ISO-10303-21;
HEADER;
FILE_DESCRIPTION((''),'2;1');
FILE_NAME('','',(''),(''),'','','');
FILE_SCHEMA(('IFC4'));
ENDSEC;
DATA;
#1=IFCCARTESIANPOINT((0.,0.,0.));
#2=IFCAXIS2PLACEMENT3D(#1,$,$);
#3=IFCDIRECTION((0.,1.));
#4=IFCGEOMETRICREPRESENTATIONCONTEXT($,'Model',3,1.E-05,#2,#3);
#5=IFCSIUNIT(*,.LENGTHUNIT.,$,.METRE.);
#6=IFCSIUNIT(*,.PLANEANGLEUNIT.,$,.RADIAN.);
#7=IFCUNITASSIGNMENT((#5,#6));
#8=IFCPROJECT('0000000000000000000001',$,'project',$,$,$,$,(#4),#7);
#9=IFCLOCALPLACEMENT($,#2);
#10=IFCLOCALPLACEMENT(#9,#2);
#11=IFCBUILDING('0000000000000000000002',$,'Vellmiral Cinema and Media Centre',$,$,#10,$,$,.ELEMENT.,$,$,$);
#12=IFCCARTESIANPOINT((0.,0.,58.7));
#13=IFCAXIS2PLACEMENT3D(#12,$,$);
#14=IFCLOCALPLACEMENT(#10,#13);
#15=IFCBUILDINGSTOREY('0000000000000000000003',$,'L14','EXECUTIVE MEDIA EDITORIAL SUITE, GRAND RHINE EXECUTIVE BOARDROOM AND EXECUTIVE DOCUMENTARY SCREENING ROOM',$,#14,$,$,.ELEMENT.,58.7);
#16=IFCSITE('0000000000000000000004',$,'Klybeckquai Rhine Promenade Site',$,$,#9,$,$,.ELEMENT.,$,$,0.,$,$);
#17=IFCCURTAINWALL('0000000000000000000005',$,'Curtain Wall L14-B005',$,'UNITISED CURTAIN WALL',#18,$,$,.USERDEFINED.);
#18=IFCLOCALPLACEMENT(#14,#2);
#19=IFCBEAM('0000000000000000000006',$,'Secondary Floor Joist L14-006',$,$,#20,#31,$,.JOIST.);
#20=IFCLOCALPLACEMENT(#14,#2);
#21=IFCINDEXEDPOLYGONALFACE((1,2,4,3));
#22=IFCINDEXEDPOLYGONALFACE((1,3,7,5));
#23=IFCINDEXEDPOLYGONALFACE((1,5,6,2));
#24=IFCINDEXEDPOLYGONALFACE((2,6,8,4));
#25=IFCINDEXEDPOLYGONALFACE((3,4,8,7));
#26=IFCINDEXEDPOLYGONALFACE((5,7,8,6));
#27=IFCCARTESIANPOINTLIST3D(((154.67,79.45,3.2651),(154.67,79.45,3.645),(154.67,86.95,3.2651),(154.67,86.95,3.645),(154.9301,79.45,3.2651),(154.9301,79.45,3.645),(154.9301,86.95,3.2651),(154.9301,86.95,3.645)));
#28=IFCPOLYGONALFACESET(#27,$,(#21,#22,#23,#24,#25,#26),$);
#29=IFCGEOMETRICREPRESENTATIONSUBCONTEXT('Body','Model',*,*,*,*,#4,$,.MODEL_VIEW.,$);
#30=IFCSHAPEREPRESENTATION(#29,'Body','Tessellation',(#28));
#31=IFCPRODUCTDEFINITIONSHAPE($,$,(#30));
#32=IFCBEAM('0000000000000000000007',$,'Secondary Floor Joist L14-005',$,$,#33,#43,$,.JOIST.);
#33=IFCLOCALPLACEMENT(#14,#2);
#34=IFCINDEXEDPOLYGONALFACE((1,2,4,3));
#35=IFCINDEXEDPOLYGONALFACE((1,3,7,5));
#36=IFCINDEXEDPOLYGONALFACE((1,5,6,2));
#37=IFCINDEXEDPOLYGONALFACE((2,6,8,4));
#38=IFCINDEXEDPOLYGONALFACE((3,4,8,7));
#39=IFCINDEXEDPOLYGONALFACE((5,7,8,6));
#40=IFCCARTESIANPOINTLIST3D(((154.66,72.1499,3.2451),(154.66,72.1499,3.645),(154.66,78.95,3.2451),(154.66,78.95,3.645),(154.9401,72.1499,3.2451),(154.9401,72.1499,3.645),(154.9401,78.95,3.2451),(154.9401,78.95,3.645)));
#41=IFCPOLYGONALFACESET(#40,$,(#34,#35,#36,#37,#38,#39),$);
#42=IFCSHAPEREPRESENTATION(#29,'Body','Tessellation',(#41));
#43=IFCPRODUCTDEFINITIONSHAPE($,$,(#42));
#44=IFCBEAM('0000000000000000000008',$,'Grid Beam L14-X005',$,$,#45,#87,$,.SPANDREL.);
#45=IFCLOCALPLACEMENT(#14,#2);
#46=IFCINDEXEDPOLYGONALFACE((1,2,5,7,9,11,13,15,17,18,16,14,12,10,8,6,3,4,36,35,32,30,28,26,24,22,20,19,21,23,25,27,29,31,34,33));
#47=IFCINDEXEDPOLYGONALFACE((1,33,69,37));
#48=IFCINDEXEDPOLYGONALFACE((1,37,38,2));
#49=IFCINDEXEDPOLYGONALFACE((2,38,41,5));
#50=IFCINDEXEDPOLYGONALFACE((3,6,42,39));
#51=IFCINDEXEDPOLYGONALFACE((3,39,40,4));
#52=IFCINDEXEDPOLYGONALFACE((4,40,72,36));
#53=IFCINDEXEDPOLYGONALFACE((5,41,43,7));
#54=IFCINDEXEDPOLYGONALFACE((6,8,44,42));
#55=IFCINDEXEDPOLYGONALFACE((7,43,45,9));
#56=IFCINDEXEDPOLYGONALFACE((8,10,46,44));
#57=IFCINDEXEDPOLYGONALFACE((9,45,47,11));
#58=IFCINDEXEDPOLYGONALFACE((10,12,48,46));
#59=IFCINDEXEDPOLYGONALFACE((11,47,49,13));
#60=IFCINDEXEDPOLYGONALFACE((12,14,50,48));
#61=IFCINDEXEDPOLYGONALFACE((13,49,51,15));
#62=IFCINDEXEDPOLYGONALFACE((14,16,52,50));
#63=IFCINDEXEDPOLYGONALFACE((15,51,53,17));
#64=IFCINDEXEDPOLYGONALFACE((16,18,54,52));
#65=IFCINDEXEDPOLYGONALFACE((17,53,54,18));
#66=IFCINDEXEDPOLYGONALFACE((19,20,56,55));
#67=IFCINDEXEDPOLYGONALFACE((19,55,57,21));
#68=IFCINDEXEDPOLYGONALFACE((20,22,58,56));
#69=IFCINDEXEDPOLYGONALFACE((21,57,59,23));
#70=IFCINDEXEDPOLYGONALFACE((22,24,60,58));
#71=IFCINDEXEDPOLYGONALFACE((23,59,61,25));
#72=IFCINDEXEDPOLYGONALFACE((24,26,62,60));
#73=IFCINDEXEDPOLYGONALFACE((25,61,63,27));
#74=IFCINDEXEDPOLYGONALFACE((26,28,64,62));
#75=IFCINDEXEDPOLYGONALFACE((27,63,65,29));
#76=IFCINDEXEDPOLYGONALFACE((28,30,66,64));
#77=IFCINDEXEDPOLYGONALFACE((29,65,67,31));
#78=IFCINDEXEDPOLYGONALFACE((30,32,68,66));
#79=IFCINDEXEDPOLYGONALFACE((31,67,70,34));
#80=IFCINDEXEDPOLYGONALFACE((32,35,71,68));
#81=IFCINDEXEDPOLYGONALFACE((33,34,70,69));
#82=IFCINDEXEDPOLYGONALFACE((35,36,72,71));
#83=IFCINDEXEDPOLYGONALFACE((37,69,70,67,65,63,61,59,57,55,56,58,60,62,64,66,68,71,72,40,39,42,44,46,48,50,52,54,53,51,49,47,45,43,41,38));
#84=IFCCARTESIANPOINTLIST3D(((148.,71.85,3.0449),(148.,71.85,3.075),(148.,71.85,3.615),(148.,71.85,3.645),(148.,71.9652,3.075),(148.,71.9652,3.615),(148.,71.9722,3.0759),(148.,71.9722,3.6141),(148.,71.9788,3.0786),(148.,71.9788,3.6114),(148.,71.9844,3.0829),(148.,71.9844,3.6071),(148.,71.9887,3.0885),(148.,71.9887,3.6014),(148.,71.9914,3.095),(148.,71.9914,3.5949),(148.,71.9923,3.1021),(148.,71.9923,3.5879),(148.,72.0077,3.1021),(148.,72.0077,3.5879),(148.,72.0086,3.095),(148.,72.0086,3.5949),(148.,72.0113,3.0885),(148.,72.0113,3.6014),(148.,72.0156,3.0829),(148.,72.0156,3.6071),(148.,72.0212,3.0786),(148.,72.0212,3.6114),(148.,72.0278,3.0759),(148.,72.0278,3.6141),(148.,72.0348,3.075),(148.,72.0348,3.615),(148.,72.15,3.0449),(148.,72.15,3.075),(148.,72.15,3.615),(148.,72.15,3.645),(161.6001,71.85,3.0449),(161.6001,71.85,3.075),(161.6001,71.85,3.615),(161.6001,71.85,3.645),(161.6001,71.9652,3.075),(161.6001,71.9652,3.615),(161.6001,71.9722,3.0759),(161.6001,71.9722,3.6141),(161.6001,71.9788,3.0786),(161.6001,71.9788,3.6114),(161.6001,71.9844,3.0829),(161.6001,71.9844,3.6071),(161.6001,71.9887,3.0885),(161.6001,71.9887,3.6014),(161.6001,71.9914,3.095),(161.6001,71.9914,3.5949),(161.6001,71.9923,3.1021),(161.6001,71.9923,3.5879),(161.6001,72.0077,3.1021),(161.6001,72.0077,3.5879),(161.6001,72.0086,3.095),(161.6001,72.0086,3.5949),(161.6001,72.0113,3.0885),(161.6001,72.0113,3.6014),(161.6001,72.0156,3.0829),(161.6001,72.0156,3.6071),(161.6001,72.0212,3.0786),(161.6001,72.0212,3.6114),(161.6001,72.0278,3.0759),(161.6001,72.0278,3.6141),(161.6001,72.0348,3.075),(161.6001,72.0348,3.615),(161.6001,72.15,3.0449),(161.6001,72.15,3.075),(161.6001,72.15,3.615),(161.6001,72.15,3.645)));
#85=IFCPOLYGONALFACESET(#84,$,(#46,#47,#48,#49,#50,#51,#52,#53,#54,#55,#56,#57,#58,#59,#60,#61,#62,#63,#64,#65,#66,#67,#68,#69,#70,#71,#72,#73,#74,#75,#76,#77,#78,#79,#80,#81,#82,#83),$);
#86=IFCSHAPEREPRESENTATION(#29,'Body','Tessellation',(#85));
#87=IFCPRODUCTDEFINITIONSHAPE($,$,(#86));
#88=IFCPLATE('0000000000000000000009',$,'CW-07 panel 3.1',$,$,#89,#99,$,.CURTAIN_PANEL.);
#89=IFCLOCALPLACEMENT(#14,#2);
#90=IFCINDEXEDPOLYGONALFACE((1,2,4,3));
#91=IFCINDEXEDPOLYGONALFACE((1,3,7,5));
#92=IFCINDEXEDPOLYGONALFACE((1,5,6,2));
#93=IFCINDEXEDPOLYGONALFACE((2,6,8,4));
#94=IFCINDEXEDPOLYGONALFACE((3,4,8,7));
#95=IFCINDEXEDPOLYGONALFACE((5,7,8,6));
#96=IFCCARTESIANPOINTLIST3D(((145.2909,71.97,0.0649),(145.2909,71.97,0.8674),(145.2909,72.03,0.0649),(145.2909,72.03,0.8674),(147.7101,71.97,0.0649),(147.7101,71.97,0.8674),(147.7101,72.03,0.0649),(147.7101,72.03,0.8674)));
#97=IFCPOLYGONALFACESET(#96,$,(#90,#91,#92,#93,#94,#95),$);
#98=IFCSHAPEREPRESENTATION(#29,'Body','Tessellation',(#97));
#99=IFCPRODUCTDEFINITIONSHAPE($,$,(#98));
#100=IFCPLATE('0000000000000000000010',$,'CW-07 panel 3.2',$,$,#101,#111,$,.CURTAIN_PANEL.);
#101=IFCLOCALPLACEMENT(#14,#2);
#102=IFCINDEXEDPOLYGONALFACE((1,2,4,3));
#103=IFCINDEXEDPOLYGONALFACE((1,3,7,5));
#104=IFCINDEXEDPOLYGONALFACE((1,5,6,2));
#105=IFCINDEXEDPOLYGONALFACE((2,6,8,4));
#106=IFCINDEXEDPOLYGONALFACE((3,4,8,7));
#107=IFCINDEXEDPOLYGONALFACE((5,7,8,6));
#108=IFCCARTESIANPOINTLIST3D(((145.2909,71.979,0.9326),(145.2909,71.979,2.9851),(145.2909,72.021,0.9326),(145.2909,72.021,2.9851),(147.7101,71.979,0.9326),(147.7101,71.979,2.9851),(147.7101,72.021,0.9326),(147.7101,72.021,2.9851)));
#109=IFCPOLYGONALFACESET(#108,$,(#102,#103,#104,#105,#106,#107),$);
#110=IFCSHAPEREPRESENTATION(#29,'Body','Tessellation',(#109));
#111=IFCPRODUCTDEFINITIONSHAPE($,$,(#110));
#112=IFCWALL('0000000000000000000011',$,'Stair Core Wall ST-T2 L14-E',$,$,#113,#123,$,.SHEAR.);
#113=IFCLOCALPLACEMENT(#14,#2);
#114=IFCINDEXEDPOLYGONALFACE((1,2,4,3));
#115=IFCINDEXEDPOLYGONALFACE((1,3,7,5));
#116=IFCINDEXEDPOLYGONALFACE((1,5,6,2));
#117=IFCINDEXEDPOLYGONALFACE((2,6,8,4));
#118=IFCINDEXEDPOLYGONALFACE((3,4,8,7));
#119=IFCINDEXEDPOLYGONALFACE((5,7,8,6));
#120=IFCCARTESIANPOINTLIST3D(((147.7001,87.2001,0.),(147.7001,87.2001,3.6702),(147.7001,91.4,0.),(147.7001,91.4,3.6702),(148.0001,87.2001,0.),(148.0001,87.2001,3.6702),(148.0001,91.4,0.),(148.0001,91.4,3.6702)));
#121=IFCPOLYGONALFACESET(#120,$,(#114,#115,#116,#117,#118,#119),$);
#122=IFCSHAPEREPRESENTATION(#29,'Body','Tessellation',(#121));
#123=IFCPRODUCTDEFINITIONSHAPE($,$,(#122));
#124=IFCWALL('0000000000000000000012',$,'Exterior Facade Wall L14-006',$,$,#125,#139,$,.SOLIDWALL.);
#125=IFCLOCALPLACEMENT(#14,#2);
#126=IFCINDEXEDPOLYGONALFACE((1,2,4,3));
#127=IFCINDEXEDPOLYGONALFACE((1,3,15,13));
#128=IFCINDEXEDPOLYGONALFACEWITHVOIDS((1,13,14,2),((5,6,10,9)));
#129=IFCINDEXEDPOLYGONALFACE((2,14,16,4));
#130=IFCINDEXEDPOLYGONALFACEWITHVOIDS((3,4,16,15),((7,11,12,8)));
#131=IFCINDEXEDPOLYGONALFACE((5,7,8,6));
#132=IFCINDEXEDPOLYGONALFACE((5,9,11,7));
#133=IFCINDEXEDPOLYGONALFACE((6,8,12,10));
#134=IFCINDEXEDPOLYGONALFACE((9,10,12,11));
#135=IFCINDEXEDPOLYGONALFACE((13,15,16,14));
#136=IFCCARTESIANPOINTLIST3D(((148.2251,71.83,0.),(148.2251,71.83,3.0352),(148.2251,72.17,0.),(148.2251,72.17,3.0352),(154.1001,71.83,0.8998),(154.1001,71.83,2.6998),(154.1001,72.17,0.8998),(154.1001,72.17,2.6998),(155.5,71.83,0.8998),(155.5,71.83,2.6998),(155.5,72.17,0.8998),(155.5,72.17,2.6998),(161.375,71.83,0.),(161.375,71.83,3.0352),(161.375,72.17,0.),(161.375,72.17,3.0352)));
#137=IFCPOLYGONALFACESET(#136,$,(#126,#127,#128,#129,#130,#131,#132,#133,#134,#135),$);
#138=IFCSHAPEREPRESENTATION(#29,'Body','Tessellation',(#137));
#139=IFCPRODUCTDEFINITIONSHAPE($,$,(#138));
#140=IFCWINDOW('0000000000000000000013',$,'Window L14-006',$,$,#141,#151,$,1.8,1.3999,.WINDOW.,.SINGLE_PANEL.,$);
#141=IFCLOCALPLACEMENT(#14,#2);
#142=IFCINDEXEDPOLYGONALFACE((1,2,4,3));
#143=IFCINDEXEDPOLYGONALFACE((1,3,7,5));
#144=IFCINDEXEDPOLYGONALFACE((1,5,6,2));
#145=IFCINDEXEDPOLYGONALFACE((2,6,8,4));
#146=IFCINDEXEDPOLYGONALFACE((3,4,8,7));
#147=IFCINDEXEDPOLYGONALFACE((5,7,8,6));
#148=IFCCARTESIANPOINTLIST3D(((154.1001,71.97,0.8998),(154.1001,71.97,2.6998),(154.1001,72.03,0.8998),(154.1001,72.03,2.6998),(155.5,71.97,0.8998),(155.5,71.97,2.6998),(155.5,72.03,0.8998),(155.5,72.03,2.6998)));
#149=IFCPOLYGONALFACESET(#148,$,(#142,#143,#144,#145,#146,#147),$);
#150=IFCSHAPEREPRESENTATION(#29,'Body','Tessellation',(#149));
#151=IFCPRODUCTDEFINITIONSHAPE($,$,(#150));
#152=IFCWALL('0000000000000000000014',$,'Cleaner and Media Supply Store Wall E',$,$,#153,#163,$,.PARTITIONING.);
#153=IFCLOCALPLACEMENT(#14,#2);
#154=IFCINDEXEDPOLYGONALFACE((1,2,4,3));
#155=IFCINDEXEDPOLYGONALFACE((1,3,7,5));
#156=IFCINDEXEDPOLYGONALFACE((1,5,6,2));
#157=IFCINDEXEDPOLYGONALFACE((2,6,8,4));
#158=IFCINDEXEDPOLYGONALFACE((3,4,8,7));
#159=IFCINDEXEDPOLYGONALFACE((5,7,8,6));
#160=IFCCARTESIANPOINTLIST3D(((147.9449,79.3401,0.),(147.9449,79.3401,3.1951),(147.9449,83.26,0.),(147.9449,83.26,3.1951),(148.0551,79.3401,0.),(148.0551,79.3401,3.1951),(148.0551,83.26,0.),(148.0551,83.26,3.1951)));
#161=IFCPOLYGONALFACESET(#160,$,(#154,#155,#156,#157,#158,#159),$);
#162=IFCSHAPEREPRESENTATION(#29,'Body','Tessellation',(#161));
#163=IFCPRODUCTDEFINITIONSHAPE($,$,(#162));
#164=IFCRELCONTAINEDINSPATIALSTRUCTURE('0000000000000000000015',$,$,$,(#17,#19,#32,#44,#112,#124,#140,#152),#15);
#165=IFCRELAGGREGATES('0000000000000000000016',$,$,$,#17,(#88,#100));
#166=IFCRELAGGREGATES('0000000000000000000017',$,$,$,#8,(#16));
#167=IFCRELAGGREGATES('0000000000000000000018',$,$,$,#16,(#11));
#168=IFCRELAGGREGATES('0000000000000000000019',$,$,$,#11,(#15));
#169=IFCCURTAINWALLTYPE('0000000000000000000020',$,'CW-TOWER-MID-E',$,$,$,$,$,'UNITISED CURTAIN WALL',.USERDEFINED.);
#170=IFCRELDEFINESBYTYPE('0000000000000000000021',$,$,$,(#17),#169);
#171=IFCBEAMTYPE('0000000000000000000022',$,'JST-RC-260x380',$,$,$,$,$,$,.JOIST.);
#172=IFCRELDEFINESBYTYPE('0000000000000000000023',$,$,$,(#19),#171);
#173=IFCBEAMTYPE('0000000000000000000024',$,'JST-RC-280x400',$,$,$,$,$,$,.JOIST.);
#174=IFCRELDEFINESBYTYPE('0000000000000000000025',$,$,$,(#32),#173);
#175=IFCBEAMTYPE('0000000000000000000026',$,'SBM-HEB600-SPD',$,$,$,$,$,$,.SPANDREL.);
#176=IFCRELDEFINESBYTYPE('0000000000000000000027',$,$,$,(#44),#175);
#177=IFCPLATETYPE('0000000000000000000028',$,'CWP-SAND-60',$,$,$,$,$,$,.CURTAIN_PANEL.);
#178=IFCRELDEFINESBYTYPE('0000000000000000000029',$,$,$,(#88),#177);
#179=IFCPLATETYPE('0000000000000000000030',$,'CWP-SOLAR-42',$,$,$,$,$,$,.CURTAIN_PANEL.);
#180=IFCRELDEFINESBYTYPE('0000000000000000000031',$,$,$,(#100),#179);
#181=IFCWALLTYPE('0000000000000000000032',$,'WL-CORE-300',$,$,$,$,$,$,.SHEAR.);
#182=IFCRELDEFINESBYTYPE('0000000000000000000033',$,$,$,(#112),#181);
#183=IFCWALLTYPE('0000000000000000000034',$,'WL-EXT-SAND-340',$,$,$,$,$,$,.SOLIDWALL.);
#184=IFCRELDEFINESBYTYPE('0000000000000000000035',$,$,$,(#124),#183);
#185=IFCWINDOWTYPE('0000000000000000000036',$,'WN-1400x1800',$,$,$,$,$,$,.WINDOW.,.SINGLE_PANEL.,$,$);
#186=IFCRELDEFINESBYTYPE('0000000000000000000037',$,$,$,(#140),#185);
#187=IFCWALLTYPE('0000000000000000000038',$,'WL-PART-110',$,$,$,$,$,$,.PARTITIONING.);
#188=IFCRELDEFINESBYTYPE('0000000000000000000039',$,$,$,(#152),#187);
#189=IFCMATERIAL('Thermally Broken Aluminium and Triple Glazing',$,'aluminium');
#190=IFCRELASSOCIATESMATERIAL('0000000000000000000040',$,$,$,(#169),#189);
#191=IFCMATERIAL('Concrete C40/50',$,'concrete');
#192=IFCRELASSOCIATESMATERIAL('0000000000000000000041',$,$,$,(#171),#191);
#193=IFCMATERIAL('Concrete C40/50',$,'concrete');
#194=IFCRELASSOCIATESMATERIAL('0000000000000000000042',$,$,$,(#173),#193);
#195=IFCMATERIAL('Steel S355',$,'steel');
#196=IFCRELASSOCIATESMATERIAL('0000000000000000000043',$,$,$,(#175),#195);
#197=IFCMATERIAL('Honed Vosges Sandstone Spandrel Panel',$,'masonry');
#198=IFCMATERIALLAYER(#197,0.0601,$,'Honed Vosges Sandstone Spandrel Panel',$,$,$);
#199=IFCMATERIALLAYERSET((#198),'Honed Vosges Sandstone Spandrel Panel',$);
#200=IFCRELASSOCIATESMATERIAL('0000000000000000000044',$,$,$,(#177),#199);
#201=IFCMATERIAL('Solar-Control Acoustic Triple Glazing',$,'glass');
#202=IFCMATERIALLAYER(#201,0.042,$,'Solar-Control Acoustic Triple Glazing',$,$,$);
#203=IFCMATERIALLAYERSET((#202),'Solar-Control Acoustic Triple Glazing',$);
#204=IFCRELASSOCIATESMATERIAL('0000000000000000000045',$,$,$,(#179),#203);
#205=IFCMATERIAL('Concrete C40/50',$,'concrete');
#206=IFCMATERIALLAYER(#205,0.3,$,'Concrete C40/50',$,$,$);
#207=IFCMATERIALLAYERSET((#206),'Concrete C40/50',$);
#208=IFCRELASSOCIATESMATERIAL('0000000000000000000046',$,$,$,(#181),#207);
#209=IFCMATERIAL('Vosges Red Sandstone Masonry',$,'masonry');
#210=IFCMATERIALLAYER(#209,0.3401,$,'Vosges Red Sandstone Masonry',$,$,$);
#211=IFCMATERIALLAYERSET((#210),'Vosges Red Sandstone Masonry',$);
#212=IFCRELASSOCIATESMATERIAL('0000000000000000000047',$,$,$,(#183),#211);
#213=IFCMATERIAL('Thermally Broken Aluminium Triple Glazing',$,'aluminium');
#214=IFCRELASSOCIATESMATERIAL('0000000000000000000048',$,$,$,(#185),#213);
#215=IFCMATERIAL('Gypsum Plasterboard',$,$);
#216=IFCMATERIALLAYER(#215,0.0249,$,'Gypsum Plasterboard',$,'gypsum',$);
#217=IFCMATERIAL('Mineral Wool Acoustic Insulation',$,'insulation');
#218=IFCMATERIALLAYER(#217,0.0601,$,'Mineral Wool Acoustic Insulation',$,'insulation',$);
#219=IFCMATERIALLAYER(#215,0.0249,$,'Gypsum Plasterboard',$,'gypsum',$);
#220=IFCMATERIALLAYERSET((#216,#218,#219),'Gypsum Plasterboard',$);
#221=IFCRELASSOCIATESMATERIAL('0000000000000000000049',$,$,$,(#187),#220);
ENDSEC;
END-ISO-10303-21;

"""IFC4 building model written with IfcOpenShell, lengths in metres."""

from ifc_helpers import new_model, si_unit, direction, frame, frame_2d, origin, origin_2d, place, context, subcontext, project, spatial, rectangle, i_section, extrude, material, layer, layer_set, material_profile, profile_set, type_object, element, fill, aggregate, save


model = new_model("IFC4")

# Units and contexts
model_context = context("Model", 3, precision=1e-05, world=origin(), true_north=direction((0.0, 1.0)))
body_context = subcontext(model_context, "Body", "Model", "MODEL_VIEW")
ifc_project = project(units=[si_unit("LENGTHUNIT", "METRE"), si_unit("PLANEANGLEUNIT", "RADIAN")], contexts=[model_context])

# Site, building, storey
site_placement = place(None, origin())
site = spatial("IfcSite", under=ifc_project, at=site_placement, Name="Klybeckquai Rhine Promenade Site", CompositionType="ELEMENT", RefElevation=0.0)
building_placement = place(site_placement, origin())
building = spatial("IfcBuilding", under=site, at=building_placement, Name="Vellmiral Cinema and Media Centre", CompositionType="ELEMENT")
storey_placement = place(building_placement, frame((0.0, 0.0, 58.7)))
storey = spatial("IfcBuildingStorey", under=building, at=storey_placement, Name="L14", Description="EXECUTIVE MEDIA EDITORIAL SUITE, GRAND RHINE EXECUTIVE BOARDROOM AND EXECUTIVE DOCUMENTARY SCREENING ROOM", CompositionType="ELEMENT", Elevation=58.7)

# Curtain wall
ifc_material_1 = material(Name="Thermally Broken Aluminium and Triple Glazing", Category="aluminium")
curtain_wall_type = type_object("IfcCurtainWallType", Name="CW-TOWER-MID-E", ElementType="UNITISED CURTAIN WALL", PredefinedType="USERDEFINED", material=ifc_material_1)
curtain_wall_placement = place(storey_placement, origin())
curtain_wall = element("IfcCurtainWall", 1, at=curtain_wall_placement, inside=storey, type_object=curtain_wall_type, Name="Curtain Wall L14-B005", ObjectType="UNITISED CURTAIN WALL", PredefinedType="USERDEFINED")

# Beams
ifc_material_2 = material(Name="Concrete C40/50", Category="concrete")
ifc_material_profile_1 = material_profile(ifc_material_2, rectangle(XDim=0.26, YDim=0.3799, at=origin_2d()), Name="RC 260x380")
ifc_profile_set_1 = profile_set([ifc_material_profile_1], Name="Concrete C40/50")
beam_type_1 = type_object("IfcBeamType", Name="JST-RC-260x380", PredefinedType="JOIST", material=ifc_profile_set_1)
beam_1_placement = place(storey_placement, frame((154.8, 79.45, 3.4551), z_axis=(0.0, 1.0, 0.0), x_axis=(-1.0, 0.0, 0.0)))
element("IfcBeam", 2, at=beam_1_placement, inside=storey, type_object=beam_type_1, Name="Secondary Floor Joist L14-006", PredefinedType="JOIST", context=body_context, shape_type="SweptSolid", body=[
    extrude(rectangle(XDim=0.26, YDim=0.3799, at=origin_2d()), origin(), (0.0, 0.0, 1.0), 7.5),
])
ifc_material_3 = material(Name="Concrete C40/50", Category="concrete")
ifc_material_profile_2 = material_profile(ifc_material_3, rectangle(XDim=0.28, YDim=0.3999, at=origin_2d()), Name="RC 280x400")
ifc_profile_set_2 = profile_set([ifc_material_profile_2], Name="Concrete C40/50")
beam_type_2 = type_object("IfcBeamType", Name="JST-RC-280x400", PredefinedType="JOIST", material=ifc_profile_set_2)
beam_2_placement = place(storey_placement, frame((154.8, 72.1499, 3.4451), z_axis=(0.0, 1.0, 0.0), x_axis=(-1.0, 0.0, 0.0)))
element("IfcBeam", 3, at=beam_2_placement, inside=storey, type_object=beam_type_2, Name="Secondary Floor Joist L14-005", PredefinedType="JOIST", context=body_context, shape_type="SweptSolid", body=[
    extrude(rectangle(XDim=0.28, YDim=0.3999, at=origin_2d()), origin(), (0.0, 0.0, 1.0), 6.8),
])
ifc_material_4 = material(Name="Steel S355", Category="steel")
ifc_material_profile_3 = material_profile(ifc_material_4, i_section(OverallWidth=0.3, OverallDepth=0.6001, WebThickness=0.0154, FlangeThickness=0.03, FilletRadius=0.0271, at=origin_2d()), Name="HEB 600")
ifc_profile_set_3 = profile_set([ifc_material_profile_3], Name="Steel S355")
beam_type_3 = type_object("IfcBeamType", Name="SBM-HEB600-SPD", PredefinedType="SPANDREL", material=ifc_profile_set_3)
beam_3_placement = place(storey_placement, frame((148.0, 72.0, 3.345), z_axis=(1.0, 0.0, 0.0), x_axis=(0.0, 1.0, 0.0)))
element("IfcBeam", 4, at=beam_3_placement, inside=storey, type_object=beam_type_3, Name="Grid Beam L14-X005", PredefinedType="SPANDREL", context=body_context, shape_type="SweptSolid", body=[
    extrude(i_section(OverallWidth=0.3, OverallDepth=0.6001, WebThickness=0.0154, FlangeThickness=0.03, FilletRadius=0.0271, at=origin_2d()), origin(), (0.0, 0.0, 1.0), 13.6001),
])

# Plates
ifc_material_5 = material(Name="Honed Vosges Sandstone Spandrel Panel", Category="masonry")
ifc_layer_1 = layer(ifc_material_5, 0.0601, Name="Honed Vosges Sandstone Spandrel Panel")
ifc_layer_set_1 = layer_set([ifc_layer_1], Name="Honed Vosges Sandstone Spandrel Panel")
plate_type_1 = type_object("IfcPlateType", Name="CWP-SAND-60", PredefinedType="CURTAIN_PANEL", material=ifc_layer_set_1)
plate_1_placement = place(storey_placement, frame((146.5005, 72.0, 0.0649), z_axis=(0.0, 0.0, 1.0), x_axis=(1.0, 0.0, 0.0)))
plate_1 = element("IfcPlate", 5, at=plate_1_placement, type_object=plate_type_1, Name="CW-07 panel 3.1", PredefinedType="CURTAIN_PANEL", context=body_context, shape_type="SweptSolid", body=[
    extrude(rectangle(XDim=2.4192, YDim=0.0601, at=origin_2d()), origin(), (0.0, 0.0, 1.0), 0.8025),
])
ifc_material_6 = material(Name="Solar-Control Acoustic Triple Glazing", Category="glass")
ifc_layer_2 = layer(ifc_material_6, 0.042, Name="Solar-Control Acoustic Triple Glazing")
ifc_layer_set_2 = layer_set([ifc_layer_2], Name="Solar-Control Acoustic Triple Glazing")
plate_type_2 = type_object("IfcPlateType", Name="CWP-SOLAR-42", PredefinedType="CURTAIN_PANEL", material=ifc_layer_set_2)
plate_2_placement = place(storey_placement, frame((146.5005, 72.0, 0.9326), z_axis=(0.0, 0.0, 1.0), x_axis=(1.0, 0.0, 0.0)))
plate_2 = element("IfcPlate", 6, at=plate_2_placement, type_object=plate_type_2, Name="CW-07 panel 3.2", PredefinedType="CURTAIN_PANEL", context=body_context, shape_type="SweptSolid", body=[
    extrude(rectangle(XDim=2.4192, YDim=0.042, at=origin_2d()), origin(), (0.0, 0.0, 1.0), 2.0525),
])
aggregate(curtain_wall, [plate_1, plate_2])

# Wall
ifc_material_7 = material(Name="Concrete C40/50", Category="concrete")
ifc_layer_3 = layer(ifc_material_7, 0.3, Name="Concrete C40/50")
ifc_layer_set_3 = layer_set([ifc_layer_3], Name="Concrete C40/50")
wall_type_1 = type_object("IfcWallType", Name="WL-CORE-300", PredefinedType="SHEAR", material=ifc_layer_set_3)
wall_1_placement = place(storey_placement, frame((147.8501, 87.2, 0.0), z_axis=(0.0, 0.0, 1.0), x_axis=(0.0, 1.0, 0.0)))
element("IfcWall", 7, at=wall_1_placement, inside=storey, type_object=wall_type_1, Name="Stair Core Wall ST-T2 L14-E", PredefinedType="SHEAR", context=body_context, shape_type="SweptSolid", body=[
    extrude(rectangle(XDim=4.2, YDim=0.3, at=frame_2d((2.1001, 0.0))), origin(), (0.0, 0.0, 1.0), 3.6702),
])

# Wall, opening, window
ifc_material_8 = material(Name="Vosges Red Sandstone Masonry", Category="masonry")
ifc_layer_4 = layer(ifc_material_8, 0.3401, Name="Vosges Red Sandstone Masonry")
ifc_layer_set_4 = layer_set([ifc_layer_4], Name="Vosges Red Sandstone Masonry")
wall_type_2 = type_object("IfcWallType", Name="WL-EXT-SAND-340", PredefinedType="SOLIDWALL", material=ifc_layer_set_4)
wall_2_placement = place(storey_placement, frame((148.2251, 72.0, 0.0), z_axis=(0.0, 0.0, 1.0), x_axis=(1.0, 0.0, 0.0)))
wall_2 = element("IfcWall", 8, at=wall_2_placement, inside=storey, type_object=wall_type_2, Name="Exterior Facade Wall L14-006", PredefinedType="SOLIDWALL", context=body_context, shape_type="SweptSolid", body=[
    extrude(rectangle(XDim=13.1499, YDim=0.3401, at=frame_2d((6.575, 0.0))), origin(), (0.0, 0.0, 1.0), 3.0352),
])
opening_1_placement = place(wall_2_placement, frame((5.875, 0.0, 0.8999)))
opening_1 = element("IfcOpeningElement", 9, at=opening_1_placement, cuts=wall_2, PredefinedType="OPENING", context=body_context, shape_type="SweptSolid", body=[
    extrude(rectangle(XDim=1.3999, YDim=1.8, at=frame_2d((0.7, 0.8999))), frame((0.0, 0.1821, 0.0), z_axis=(0.0, -1.0, 0.0), x_axis=(1.0, 0.0, 0.0)), (0.0, 0.0, 1.0), 0.364),
])
ifc_material_9 = material(Name="Thermally Broken Aluminium Triple Glazing", Category="aluminium")
window_type = type_object("IfcWindowType", Name="WN-1400x1800", PartitioningType="SINGLE_PANEL", PredefinedType="WINDOW", material=ifc_material_9)
window_placement = place(opening_1_placement, origin())
window = element("IfcWindow", 10, at=window_placement, inside=storey, type_object=window_type, Name="Window L14-006", OverallHeight=1.8, OverallWidth=1.3999, PartitioningType="SINGLE_PANEL", PredefinedType="WINDOW", context=body_context, shape_type="SweptSolid", body=[
    extrude(rectangle(XDim=1.3999, YDim=1.8, at=frame_2d((0.7, 0.8999))), frame((0.0, 0.03, 0.0), z_axis=(0.0, -1.0, 0.0), x_axis=(1.0, 0.0, 0.0)), (0.0, 0.0, 1.0), 0.0601),
])
fill(opening_1, window)

# Wall
ifc_material_10 = material(Name="Gypsum Plasterboard")
ifc_layer_5 = layer(ifc_material_10, 0.0249, Name="Gypsum Plasterboard", Category="gypsum")
ifc_material_11 = material(Name="Mineral Wool Acoustic Insulation", Category="insulation")
ifc_layer_6 = layer(ifc_material_11, 0.0601, Name="Mineral Wool Acoustic Insulation", Category="insulation")
ifc_layer_7 = layer(ifc_material_10, 0.0249, Name="Gypsum Plasterboard", Category="gypsum")
ifc_layer_set_5 = layer_set([ifc_layer_5, ifc_layer_6, ifc_layer_7], Name="Gypsum Plasterboard")
wall_type_3 = type_object("IfcWallType", Name="WL-PART-110", PredefinedType="PARTITIONING", material=ifc_layer_set_5)
wall_3_placement = place(storey_placement, frame((148.0, 79.3401, 0.0), z_axis=(0.0, 0.0, 1.0), x_axis=(0.0, 1.0, 0.0)))
element("IfcWall", 11, at=wall_3_placement, inside=storey, type_object=wall_type_3, Name="Cleaner and Media Supply Store Wall E", PredefinedType="PARTITIONING", context=body_context, shape_type="SweptSolid", body=[
    extrude(rectangle(XDim=3.9199, YDim=0.1101, at=frame_2d((1.96, 0.0))), origin(), (0.0, 0.0, 1.0), 3.1951),
])

save(model, "model.ifc")
